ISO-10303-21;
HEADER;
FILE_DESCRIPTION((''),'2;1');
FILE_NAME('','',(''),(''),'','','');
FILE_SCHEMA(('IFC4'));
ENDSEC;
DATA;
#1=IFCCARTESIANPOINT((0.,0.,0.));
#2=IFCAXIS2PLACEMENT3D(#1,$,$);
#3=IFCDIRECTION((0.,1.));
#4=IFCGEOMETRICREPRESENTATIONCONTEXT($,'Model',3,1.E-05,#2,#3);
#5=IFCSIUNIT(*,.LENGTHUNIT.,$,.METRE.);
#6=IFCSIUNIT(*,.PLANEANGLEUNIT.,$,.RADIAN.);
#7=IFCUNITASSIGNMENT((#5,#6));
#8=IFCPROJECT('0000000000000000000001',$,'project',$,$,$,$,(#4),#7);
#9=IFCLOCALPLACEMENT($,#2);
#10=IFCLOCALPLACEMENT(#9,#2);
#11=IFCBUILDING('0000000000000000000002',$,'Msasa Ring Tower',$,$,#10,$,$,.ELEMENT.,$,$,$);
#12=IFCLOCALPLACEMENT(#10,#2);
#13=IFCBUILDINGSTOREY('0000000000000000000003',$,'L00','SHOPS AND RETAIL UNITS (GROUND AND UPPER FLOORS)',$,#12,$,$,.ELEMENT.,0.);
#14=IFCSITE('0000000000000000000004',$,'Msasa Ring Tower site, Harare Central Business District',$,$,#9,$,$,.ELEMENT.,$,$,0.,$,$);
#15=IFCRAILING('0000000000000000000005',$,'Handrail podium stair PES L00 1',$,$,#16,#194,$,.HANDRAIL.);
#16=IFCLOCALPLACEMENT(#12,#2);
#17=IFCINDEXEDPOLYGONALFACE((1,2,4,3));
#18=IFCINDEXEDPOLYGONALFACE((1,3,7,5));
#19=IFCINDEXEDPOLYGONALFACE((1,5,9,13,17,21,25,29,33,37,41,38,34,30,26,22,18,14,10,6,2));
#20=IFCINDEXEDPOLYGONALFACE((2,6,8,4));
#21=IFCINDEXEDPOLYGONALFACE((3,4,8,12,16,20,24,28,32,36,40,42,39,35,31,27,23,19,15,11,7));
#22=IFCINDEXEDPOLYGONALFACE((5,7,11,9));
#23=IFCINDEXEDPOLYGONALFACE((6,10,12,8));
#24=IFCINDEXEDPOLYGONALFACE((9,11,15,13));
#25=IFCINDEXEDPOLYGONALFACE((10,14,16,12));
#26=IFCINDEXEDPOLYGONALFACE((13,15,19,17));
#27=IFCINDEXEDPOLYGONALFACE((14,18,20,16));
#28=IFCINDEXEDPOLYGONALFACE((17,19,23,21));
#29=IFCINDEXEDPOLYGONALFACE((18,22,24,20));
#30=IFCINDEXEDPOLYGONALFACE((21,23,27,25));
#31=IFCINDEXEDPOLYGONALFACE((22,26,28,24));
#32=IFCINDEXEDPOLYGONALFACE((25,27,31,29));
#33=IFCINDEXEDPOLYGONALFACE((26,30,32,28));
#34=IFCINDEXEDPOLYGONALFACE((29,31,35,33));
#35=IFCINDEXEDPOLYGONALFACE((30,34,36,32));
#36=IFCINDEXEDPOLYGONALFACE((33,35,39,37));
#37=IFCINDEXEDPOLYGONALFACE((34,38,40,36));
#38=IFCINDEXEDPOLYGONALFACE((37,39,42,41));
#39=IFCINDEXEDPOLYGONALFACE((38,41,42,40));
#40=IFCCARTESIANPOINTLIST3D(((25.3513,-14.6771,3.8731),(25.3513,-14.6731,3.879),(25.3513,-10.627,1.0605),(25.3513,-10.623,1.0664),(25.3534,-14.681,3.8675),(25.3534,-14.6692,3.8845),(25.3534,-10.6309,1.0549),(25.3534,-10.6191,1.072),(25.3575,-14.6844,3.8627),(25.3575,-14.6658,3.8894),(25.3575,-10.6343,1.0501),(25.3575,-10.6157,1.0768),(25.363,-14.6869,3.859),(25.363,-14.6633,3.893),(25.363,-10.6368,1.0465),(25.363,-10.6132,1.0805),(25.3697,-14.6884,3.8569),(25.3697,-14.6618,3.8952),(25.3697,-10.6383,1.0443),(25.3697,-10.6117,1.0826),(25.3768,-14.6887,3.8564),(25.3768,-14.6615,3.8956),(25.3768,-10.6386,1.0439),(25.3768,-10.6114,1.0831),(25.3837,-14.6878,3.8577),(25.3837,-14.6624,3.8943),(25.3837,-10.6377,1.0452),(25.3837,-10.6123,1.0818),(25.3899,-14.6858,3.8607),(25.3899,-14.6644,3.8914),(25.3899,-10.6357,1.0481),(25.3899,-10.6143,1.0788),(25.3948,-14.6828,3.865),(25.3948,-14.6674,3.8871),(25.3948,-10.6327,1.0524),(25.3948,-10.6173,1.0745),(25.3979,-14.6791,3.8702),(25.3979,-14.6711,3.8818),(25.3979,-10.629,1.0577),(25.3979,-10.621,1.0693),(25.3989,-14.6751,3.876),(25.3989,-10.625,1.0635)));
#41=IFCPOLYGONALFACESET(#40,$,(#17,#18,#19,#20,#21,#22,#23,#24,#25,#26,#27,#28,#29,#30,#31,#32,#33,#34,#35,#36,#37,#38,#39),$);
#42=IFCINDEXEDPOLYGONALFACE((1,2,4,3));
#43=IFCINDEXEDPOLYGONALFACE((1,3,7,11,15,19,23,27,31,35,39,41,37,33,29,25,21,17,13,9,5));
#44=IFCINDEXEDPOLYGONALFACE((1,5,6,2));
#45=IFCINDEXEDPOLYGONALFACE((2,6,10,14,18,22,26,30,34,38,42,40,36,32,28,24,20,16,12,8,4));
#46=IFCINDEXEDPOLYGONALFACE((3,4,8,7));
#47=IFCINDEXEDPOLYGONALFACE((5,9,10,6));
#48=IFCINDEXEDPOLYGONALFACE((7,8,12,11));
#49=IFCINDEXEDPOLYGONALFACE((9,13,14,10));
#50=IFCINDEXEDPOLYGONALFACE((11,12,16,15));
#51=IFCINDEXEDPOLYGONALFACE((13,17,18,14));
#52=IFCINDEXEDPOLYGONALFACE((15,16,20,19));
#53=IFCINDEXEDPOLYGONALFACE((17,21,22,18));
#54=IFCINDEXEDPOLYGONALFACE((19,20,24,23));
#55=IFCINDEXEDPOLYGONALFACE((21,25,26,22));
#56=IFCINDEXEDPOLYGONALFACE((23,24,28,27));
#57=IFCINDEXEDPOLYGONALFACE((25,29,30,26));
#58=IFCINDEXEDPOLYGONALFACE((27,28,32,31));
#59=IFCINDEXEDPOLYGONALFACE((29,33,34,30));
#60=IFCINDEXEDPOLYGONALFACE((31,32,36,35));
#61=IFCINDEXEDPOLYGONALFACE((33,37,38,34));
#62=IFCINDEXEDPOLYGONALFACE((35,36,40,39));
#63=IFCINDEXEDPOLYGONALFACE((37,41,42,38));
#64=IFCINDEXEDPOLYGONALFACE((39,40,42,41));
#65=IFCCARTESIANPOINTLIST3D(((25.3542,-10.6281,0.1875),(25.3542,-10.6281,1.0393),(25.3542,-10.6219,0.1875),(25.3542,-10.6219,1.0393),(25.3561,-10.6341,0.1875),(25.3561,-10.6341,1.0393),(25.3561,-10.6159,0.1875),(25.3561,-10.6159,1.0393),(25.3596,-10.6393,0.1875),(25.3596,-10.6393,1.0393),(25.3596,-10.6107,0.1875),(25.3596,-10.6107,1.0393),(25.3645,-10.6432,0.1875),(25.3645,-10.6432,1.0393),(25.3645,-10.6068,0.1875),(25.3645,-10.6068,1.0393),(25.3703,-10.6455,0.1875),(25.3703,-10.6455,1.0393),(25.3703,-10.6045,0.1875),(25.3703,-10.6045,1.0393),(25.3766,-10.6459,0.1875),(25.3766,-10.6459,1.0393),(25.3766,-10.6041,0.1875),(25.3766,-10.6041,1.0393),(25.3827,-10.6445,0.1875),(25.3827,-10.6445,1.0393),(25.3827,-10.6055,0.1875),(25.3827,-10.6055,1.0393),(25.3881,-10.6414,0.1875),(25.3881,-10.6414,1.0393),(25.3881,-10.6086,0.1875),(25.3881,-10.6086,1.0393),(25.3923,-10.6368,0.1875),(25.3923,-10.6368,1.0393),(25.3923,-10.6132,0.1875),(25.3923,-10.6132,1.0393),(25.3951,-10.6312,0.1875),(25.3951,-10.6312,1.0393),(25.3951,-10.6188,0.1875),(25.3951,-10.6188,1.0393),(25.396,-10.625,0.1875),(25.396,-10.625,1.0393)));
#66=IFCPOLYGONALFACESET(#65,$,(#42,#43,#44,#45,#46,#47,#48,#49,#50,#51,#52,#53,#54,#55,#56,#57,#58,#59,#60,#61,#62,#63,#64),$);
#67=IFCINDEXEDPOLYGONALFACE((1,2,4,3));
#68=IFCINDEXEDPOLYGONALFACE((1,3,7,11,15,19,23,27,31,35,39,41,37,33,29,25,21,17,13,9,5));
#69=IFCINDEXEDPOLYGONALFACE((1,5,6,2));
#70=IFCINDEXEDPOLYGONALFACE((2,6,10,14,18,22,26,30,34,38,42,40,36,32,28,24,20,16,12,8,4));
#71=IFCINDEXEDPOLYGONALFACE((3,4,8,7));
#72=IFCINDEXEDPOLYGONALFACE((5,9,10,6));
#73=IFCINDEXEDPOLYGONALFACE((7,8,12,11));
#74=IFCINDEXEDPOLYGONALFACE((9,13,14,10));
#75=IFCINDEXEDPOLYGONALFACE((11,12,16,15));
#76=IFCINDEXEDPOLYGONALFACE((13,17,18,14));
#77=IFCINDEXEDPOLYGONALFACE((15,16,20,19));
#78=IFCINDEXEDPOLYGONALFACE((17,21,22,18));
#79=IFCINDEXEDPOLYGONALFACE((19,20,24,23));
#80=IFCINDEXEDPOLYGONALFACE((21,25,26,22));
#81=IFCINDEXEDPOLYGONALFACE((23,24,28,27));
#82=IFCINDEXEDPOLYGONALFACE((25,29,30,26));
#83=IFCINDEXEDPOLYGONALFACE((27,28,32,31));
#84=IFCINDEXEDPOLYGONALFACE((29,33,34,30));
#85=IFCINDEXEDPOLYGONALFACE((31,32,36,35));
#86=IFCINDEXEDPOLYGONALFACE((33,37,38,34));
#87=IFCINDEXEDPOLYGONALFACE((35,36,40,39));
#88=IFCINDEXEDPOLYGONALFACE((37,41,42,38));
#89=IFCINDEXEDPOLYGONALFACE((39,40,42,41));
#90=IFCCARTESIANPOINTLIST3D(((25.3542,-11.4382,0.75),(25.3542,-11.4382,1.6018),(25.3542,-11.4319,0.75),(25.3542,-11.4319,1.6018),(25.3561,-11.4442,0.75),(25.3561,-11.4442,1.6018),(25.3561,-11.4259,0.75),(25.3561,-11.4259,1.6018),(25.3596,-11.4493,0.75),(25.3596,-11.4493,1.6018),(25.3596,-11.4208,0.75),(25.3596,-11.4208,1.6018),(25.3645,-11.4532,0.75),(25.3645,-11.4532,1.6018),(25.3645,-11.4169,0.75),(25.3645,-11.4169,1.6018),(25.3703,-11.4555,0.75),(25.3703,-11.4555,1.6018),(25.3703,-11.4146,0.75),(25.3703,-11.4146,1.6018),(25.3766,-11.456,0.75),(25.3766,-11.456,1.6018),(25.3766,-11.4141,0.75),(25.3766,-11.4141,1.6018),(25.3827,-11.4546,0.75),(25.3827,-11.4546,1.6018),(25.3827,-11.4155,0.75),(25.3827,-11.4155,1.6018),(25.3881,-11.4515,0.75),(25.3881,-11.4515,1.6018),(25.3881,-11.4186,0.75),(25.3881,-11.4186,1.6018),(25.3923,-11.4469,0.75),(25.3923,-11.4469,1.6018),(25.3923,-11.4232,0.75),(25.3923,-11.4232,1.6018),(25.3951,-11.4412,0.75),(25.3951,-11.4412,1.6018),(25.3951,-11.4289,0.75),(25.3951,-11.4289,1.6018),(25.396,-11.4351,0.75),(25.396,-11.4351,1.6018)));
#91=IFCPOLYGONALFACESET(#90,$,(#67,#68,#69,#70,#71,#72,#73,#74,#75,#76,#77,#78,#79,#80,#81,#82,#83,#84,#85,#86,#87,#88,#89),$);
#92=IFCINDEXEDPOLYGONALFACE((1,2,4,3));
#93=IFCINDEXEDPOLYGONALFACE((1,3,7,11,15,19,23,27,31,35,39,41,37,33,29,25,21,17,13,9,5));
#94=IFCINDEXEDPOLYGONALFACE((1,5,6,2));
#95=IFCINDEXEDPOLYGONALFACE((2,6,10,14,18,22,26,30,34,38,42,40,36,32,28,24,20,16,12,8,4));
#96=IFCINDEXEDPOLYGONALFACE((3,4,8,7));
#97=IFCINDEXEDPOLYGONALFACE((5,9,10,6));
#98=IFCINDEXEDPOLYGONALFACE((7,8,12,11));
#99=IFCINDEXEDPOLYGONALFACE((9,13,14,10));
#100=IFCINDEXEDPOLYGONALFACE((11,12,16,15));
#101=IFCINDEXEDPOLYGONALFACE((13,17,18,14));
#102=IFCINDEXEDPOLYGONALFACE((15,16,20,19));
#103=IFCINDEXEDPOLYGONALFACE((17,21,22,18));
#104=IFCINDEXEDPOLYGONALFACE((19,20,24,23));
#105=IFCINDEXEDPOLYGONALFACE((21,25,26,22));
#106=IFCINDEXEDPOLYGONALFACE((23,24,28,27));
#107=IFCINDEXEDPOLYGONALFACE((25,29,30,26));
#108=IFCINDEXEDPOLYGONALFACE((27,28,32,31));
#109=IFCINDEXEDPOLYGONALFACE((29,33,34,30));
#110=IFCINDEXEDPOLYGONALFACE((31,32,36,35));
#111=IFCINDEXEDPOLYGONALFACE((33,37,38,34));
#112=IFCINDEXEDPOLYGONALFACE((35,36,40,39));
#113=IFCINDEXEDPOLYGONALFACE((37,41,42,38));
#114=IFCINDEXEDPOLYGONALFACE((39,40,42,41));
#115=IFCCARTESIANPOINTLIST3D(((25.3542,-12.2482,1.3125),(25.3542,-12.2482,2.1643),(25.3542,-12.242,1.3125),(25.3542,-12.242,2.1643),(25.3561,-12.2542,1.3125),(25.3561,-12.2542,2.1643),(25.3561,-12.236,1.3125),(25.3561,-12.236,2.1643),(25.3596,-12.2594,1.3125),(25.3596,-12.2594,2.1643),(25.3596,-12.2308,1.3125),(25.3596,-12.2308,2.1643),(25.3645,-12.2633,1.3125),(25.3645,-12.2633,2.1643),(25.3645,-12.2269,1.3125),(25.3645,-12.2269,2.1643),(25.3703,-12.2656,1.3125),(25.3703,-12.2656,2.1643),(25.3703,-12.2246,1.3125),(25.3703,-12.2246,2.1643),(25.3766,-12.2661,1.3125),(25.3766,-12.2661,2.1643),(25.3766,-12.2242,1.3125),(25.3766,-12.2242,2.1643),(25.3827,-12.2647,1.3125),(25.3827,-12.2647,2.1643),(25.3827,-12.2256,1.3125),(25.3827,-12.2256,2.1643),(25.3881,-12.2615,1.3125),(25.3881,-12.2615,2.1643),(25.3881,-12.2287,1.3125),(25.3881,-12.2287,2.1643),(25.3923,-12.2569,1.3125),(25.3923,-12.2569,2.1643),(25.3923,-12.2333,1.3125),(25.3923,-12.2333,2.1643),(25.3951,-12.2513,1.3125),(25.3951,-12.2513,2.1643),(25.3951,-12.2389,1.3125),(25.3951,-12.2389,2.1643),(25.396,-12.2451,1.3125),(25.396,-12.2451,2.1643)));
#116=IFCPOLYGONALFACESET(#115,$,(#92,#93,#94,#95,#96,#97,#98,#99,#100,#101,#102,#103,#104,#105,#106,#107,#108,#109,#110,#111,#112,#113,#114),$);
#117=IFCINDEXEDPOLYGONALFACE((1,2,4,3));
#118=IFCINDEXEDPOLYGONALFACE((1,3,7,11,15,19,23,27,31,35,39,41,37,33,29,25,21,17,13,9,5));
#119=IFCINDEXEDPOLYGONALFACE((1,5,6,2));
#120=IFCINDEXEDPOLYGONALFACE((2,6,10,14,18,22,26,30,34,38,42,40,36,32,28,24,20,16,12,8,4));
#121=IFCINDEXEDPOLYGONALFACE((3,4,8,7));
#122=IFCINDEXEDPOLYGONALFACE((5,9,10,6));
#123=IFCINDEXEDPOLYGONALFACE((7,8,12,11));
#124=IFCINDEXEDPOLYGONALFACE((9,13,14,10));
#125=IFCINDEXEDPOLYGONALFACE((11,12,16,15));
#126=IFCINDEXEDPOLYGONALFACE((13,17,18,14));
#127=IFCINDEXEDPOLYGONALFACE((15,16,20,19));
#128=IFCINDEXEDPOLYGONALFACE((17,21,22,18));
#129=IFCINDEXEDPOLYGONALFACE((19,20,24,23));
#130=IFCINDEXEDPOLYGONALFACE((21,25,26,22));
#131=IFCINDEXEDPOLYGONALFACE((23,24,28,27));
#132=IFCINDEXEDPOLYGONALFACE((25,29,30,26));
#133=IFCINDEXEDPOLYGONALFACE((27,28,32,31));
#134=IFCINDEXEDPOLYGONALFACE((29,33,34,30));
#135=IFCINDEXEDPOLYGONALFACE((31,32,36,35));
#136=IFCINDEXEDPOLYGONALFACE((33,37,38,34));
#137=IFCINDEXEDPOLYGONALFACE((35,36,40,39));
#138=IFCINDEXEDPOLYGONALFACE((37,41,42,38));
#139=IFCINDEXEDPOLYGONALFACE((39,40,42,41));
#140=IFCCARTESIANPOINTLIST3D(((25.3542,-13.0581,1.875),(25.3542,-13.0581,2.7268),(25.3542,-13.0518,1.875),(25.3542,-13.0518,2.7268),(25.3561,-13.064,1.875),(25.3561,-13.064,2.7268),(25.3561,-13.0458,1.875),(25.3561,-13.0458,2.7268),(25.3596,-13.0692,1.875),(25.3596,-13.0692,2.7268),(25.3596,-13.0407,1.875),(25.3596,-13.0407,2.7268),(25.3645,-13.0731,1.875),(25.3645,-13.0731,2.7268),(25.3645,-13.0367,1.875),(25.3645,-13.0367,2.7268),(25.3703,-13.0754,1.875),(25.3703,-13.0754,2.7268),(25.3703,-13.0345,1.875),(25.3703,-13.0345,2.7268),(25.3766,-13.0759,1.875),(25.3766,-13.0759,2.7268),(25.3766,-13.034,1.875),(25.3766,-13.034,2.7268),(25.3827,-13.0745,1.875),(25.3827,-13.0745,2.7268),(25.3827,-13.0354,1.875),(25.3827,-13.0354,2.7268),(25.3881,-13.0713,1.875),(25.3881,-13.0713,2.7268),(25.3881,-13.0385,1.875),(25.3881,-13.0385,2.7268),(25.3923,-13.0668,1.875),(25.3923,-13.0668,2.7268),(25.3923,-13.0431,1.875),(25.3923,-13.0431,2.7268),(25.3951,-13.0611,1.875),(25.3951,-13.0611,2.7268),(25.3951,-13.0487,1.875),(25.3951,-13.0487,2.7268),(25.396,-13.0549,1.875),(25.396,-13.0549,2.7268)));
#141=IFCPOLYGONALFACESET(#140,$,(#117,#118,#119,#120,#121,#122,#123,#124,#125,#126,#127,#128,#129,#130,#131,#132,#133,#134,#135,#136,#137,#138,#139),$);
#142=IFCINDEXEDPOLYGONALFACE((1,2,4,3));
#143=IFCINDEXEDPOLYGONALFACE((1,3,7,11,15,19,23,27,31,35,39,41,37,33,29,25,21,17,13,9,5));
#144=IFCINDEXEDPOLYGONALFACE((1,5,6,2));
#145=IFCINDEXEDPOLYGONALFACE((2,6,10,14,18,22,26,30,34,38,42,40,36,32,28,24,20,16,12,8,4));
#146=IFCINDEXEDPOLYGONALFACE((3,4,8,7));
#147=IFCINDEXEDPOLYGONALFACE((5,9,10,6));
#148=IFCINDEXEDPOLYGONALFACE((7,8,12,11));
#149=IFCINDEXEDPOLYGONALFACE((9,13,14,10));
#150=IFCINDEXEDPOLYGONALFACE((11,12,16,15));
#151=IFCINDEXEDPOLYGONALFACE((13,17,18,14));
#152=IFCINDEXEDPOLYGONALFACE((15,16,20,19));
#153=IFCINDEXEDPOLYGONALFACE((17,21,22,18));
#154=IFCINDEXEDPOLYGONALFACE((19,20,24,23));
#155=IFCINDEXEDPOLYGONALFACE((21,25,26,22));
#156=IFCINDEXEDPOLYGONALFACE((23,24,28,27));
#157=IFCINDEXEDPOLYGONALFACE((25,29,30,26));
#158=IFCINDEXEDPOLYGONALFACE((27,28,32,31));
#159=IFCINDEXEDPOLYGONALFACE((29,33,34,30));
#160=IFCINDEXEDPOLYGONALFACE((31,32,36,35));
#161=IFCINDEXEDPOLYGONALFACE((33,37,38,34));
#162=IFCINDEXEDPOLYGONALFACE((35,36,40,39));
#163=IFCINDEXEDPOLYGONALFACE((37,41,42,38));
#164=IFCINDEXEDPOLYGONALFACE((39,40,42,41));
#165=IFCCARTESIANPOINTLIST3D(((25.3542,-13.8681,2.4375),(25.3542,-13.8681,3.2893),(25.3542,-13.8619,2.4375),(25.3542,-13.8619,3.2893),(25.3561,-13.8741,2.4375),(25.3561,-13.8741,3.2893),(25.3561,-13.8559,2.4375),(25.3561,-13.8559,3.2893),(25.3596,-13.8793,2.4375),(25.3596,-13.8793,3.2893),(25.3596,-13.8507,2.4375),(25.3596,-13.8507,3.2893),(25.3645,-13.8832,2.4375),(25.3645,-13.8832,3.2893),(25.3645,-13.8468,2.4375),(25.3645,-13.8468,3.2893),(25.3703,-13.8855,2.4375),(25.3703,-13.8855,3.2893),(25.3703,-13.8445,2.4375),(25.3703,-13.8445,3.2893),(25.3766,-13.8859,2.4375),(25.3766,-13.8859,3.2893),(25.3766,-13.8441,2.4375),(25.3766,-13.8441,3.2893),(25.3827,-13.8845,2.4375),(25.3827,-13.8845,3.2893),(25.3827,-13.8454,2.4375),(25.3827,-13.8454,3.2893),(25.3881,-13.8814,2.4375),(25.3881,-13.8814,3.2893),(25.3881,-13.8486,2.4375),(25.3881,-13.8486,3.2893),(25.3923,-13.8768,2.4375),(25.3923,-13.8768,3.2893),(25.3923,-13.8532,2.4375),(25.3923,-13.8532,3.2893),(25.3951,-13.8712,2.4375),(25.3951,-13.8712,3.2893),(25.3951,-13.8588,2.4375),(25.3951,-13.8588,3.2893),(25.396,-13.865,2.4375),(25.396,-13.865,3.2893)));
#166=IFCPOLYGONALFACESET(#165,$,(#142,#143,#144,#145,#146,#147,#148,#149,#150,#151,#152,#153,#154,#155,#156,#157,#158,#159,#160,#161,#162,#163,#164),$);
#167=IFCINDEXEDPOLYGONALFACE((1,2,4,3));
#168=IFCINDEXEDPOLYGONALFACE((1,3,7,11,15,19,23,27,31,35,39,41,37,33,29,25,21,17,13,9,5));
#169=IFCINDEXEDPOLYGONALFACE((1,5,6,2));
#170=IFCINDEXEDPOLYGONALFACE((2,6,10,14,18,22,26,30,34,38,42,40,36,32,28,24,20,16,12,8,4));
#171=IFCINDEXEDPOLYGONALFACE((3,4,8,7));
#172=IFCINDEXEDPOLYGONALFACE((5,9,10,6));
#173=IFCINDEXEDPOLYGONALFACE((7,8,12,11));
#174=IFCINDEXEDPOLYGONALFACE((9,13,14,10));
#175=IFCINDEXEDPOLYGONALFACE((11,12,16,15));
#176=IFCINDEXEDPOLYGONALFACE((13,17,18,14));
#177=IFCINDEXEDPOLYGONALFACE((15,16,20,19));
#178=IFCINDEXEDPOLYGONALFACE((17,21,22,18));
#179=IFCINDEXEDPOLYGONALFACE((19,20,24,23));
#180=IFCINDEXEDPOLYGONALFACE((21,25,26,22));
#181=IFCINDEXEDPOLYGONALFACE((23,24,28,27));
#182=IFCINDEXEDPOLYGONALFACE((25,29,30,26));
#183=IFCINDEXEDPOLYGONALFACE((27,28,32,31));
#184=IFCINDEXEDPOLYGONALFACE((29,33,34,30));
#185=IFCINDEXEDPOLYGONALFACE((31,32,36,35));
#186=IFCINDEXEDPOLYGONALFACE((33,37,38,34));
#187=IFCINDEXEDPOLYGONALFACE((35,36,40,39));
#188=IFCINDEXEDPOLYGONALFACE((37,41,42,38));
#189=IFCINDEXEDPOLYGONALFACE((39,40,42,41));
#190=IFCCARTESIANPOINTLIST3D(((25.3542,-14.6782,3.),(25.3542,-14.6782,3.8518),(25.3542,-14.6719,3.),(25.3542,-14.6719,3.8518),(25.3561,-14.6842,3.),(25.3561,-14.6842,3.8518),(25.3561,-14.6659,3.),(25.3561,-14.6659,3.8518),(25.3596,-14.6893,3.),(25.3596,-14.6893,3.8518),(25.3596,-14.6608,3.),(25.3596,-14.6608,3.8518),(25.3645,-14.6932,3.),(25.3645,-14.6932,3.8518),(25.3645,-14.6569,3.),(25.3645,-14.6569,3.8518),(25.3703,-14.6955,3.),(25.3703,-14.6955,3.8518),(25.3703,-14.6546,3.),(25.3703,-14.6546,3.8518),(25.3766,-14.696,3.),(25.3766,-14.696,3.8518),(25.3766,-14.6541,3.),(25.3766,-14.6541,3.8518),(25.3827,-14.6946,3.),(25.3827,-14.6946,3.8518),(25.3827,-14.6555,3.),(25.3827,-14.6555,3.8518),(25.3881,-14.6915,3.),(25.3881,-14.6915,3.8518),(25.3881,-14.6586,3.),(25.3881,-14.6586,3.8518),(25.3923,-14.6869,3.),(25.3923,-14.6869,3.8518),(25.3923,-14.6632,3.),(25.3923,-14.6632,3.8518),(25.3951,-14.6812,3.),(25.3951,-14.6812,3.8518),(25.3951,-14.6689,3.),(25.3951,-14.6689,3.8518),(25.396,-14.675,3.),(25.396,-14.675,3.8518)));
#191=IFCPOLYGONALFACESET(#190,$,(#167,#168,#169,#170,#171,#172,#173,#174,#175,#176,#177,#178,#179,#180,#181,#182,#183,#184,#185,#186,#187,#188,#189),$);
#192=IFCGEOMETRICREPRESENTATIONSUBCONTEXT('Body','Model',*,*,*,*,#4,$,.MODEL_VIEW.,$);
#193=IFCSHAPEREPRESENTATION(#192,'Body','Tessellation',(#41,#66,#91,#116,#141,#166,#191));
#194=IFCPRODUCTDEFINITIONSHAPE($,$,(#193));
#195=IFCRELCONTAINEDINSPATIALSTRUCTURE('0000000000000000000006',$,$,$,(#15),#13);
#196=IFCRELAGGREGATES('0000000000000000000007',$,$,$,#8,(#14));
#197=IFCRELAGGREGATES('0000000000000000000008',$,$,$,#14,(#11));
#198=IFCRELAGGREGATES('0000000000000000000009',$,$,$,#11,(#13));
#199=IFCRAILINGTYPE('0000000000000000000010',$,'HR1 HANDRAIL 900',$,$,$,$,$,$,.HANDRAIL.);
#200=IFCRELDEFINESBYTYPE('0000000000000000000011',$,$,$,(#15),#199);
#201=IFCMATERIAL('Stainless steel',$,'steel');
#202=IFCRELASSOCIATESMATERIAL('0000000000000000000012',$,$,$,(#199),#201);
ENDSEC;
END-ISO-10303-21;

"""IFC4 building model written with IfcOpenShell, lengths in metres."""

from ifc_helpers import new_model, si_unit, direction, frame, origin, origin_2d, place, context, subcontext, project, spatial, circle, extrude, material, type_object, element, save


model = new_model("IFC4")

# Units and contexts
model_context = context("Model", 3, precision=1e-05, world=origin(), true_north=direction((0.0, 1.0)))
body_context = subcontext(model_context, "Body", "Model", "MODEL_VIEW")
ifc_project = project(units=[si_unit("LENGTHUNIT", "METRE"), si_unit("PLANEANGLEUNIT", "RADIAN")], contexts=[model_context])

# Site, building, storey
site_placement = place(None, origin())
site = spatial("IfcSite", under=ifc_project, at=site_placement, Name="Msasa Ring Tower site, Harare Central Business District", CompositionType="ELEMENT", RefElevation=0.0)
building_placement = place(site_placement, origin())
building = spatial("IfcBuilding", under=site, at=building_placement, Name="Msasa Ring Tower", CompositionType="ELEMENT")
storey_placement = place(building_placement, origin())
storey = spatial("IfcBuildingStorey", under=building, at=storey_placement, Name="L00", Description="SHOPS AND RETAIL UNITS (GROUND AND UPPER FLOORS)", CompositionType="ELEMENT", Elevation=0.0)

# Railing
ifc_material_1 = material(Name="Stainless steel", Category="steel")
railing_type = type_object("IfcRailingType", Name="HR1 HANDRAIL 900", PredefinedType="HANDRAIL", material=ifc_material_1)
railing_placement = place(storey_placement, frame((25.375, -10.625, 0.1875)))
element("IfcRailing", 1, at=railing_placement, inside=storey, type_object=railing_type, Name="Handrail podium stair PES L00 1", PredefinedType="HANDRAIL", context=body_context, shape_type="SweptSolid", body=[
    extrude(circle(Radius=0.0239, at=origin_2d()), frame((0.0, 0.0, 0.876), z_axis=(0.0, -0.821373, 0.570391), x_axis=(1.0, 0.0, 0.0)), (0.0, 0.0, 1.0), 4.9309),
    extrude(circle(Radius=0.021, at=origin_2d()), origin(), (0.0, 0.0, 1.0), 0.8518),
    extrude(circle(Radius=0.021, at=origin_2d()), frame((0.0, -0.8101, 0.5625)), (0.0, 0.0, 1.0), 0.8518),
    extrude(circle(Radius=0.021, at=origin_2d()), frame((0.0, -1.6201, 1.125)), (0.0, 0.0, 1.0), 0.8518),
    extrude(circle(Radius=0.021, at=origin_2d()), frame((0.0, -2.4299, 1.6875)), (0.0, 0.0, 1.0), 0.8518),
    extrude(circle(Radius=0.021, at=origin_2d()), frame((0.0, -3.24, 2.25)), (0.0, 0.0, 1.0), 0.8518),
    extrude(circle(Radius=0.021, at=origin_2d()), frame((0.0, -4.05, 2.8125)), (0.0, 0.0, 1.0), 0.8518),
])

save(model, "model.ifc")
